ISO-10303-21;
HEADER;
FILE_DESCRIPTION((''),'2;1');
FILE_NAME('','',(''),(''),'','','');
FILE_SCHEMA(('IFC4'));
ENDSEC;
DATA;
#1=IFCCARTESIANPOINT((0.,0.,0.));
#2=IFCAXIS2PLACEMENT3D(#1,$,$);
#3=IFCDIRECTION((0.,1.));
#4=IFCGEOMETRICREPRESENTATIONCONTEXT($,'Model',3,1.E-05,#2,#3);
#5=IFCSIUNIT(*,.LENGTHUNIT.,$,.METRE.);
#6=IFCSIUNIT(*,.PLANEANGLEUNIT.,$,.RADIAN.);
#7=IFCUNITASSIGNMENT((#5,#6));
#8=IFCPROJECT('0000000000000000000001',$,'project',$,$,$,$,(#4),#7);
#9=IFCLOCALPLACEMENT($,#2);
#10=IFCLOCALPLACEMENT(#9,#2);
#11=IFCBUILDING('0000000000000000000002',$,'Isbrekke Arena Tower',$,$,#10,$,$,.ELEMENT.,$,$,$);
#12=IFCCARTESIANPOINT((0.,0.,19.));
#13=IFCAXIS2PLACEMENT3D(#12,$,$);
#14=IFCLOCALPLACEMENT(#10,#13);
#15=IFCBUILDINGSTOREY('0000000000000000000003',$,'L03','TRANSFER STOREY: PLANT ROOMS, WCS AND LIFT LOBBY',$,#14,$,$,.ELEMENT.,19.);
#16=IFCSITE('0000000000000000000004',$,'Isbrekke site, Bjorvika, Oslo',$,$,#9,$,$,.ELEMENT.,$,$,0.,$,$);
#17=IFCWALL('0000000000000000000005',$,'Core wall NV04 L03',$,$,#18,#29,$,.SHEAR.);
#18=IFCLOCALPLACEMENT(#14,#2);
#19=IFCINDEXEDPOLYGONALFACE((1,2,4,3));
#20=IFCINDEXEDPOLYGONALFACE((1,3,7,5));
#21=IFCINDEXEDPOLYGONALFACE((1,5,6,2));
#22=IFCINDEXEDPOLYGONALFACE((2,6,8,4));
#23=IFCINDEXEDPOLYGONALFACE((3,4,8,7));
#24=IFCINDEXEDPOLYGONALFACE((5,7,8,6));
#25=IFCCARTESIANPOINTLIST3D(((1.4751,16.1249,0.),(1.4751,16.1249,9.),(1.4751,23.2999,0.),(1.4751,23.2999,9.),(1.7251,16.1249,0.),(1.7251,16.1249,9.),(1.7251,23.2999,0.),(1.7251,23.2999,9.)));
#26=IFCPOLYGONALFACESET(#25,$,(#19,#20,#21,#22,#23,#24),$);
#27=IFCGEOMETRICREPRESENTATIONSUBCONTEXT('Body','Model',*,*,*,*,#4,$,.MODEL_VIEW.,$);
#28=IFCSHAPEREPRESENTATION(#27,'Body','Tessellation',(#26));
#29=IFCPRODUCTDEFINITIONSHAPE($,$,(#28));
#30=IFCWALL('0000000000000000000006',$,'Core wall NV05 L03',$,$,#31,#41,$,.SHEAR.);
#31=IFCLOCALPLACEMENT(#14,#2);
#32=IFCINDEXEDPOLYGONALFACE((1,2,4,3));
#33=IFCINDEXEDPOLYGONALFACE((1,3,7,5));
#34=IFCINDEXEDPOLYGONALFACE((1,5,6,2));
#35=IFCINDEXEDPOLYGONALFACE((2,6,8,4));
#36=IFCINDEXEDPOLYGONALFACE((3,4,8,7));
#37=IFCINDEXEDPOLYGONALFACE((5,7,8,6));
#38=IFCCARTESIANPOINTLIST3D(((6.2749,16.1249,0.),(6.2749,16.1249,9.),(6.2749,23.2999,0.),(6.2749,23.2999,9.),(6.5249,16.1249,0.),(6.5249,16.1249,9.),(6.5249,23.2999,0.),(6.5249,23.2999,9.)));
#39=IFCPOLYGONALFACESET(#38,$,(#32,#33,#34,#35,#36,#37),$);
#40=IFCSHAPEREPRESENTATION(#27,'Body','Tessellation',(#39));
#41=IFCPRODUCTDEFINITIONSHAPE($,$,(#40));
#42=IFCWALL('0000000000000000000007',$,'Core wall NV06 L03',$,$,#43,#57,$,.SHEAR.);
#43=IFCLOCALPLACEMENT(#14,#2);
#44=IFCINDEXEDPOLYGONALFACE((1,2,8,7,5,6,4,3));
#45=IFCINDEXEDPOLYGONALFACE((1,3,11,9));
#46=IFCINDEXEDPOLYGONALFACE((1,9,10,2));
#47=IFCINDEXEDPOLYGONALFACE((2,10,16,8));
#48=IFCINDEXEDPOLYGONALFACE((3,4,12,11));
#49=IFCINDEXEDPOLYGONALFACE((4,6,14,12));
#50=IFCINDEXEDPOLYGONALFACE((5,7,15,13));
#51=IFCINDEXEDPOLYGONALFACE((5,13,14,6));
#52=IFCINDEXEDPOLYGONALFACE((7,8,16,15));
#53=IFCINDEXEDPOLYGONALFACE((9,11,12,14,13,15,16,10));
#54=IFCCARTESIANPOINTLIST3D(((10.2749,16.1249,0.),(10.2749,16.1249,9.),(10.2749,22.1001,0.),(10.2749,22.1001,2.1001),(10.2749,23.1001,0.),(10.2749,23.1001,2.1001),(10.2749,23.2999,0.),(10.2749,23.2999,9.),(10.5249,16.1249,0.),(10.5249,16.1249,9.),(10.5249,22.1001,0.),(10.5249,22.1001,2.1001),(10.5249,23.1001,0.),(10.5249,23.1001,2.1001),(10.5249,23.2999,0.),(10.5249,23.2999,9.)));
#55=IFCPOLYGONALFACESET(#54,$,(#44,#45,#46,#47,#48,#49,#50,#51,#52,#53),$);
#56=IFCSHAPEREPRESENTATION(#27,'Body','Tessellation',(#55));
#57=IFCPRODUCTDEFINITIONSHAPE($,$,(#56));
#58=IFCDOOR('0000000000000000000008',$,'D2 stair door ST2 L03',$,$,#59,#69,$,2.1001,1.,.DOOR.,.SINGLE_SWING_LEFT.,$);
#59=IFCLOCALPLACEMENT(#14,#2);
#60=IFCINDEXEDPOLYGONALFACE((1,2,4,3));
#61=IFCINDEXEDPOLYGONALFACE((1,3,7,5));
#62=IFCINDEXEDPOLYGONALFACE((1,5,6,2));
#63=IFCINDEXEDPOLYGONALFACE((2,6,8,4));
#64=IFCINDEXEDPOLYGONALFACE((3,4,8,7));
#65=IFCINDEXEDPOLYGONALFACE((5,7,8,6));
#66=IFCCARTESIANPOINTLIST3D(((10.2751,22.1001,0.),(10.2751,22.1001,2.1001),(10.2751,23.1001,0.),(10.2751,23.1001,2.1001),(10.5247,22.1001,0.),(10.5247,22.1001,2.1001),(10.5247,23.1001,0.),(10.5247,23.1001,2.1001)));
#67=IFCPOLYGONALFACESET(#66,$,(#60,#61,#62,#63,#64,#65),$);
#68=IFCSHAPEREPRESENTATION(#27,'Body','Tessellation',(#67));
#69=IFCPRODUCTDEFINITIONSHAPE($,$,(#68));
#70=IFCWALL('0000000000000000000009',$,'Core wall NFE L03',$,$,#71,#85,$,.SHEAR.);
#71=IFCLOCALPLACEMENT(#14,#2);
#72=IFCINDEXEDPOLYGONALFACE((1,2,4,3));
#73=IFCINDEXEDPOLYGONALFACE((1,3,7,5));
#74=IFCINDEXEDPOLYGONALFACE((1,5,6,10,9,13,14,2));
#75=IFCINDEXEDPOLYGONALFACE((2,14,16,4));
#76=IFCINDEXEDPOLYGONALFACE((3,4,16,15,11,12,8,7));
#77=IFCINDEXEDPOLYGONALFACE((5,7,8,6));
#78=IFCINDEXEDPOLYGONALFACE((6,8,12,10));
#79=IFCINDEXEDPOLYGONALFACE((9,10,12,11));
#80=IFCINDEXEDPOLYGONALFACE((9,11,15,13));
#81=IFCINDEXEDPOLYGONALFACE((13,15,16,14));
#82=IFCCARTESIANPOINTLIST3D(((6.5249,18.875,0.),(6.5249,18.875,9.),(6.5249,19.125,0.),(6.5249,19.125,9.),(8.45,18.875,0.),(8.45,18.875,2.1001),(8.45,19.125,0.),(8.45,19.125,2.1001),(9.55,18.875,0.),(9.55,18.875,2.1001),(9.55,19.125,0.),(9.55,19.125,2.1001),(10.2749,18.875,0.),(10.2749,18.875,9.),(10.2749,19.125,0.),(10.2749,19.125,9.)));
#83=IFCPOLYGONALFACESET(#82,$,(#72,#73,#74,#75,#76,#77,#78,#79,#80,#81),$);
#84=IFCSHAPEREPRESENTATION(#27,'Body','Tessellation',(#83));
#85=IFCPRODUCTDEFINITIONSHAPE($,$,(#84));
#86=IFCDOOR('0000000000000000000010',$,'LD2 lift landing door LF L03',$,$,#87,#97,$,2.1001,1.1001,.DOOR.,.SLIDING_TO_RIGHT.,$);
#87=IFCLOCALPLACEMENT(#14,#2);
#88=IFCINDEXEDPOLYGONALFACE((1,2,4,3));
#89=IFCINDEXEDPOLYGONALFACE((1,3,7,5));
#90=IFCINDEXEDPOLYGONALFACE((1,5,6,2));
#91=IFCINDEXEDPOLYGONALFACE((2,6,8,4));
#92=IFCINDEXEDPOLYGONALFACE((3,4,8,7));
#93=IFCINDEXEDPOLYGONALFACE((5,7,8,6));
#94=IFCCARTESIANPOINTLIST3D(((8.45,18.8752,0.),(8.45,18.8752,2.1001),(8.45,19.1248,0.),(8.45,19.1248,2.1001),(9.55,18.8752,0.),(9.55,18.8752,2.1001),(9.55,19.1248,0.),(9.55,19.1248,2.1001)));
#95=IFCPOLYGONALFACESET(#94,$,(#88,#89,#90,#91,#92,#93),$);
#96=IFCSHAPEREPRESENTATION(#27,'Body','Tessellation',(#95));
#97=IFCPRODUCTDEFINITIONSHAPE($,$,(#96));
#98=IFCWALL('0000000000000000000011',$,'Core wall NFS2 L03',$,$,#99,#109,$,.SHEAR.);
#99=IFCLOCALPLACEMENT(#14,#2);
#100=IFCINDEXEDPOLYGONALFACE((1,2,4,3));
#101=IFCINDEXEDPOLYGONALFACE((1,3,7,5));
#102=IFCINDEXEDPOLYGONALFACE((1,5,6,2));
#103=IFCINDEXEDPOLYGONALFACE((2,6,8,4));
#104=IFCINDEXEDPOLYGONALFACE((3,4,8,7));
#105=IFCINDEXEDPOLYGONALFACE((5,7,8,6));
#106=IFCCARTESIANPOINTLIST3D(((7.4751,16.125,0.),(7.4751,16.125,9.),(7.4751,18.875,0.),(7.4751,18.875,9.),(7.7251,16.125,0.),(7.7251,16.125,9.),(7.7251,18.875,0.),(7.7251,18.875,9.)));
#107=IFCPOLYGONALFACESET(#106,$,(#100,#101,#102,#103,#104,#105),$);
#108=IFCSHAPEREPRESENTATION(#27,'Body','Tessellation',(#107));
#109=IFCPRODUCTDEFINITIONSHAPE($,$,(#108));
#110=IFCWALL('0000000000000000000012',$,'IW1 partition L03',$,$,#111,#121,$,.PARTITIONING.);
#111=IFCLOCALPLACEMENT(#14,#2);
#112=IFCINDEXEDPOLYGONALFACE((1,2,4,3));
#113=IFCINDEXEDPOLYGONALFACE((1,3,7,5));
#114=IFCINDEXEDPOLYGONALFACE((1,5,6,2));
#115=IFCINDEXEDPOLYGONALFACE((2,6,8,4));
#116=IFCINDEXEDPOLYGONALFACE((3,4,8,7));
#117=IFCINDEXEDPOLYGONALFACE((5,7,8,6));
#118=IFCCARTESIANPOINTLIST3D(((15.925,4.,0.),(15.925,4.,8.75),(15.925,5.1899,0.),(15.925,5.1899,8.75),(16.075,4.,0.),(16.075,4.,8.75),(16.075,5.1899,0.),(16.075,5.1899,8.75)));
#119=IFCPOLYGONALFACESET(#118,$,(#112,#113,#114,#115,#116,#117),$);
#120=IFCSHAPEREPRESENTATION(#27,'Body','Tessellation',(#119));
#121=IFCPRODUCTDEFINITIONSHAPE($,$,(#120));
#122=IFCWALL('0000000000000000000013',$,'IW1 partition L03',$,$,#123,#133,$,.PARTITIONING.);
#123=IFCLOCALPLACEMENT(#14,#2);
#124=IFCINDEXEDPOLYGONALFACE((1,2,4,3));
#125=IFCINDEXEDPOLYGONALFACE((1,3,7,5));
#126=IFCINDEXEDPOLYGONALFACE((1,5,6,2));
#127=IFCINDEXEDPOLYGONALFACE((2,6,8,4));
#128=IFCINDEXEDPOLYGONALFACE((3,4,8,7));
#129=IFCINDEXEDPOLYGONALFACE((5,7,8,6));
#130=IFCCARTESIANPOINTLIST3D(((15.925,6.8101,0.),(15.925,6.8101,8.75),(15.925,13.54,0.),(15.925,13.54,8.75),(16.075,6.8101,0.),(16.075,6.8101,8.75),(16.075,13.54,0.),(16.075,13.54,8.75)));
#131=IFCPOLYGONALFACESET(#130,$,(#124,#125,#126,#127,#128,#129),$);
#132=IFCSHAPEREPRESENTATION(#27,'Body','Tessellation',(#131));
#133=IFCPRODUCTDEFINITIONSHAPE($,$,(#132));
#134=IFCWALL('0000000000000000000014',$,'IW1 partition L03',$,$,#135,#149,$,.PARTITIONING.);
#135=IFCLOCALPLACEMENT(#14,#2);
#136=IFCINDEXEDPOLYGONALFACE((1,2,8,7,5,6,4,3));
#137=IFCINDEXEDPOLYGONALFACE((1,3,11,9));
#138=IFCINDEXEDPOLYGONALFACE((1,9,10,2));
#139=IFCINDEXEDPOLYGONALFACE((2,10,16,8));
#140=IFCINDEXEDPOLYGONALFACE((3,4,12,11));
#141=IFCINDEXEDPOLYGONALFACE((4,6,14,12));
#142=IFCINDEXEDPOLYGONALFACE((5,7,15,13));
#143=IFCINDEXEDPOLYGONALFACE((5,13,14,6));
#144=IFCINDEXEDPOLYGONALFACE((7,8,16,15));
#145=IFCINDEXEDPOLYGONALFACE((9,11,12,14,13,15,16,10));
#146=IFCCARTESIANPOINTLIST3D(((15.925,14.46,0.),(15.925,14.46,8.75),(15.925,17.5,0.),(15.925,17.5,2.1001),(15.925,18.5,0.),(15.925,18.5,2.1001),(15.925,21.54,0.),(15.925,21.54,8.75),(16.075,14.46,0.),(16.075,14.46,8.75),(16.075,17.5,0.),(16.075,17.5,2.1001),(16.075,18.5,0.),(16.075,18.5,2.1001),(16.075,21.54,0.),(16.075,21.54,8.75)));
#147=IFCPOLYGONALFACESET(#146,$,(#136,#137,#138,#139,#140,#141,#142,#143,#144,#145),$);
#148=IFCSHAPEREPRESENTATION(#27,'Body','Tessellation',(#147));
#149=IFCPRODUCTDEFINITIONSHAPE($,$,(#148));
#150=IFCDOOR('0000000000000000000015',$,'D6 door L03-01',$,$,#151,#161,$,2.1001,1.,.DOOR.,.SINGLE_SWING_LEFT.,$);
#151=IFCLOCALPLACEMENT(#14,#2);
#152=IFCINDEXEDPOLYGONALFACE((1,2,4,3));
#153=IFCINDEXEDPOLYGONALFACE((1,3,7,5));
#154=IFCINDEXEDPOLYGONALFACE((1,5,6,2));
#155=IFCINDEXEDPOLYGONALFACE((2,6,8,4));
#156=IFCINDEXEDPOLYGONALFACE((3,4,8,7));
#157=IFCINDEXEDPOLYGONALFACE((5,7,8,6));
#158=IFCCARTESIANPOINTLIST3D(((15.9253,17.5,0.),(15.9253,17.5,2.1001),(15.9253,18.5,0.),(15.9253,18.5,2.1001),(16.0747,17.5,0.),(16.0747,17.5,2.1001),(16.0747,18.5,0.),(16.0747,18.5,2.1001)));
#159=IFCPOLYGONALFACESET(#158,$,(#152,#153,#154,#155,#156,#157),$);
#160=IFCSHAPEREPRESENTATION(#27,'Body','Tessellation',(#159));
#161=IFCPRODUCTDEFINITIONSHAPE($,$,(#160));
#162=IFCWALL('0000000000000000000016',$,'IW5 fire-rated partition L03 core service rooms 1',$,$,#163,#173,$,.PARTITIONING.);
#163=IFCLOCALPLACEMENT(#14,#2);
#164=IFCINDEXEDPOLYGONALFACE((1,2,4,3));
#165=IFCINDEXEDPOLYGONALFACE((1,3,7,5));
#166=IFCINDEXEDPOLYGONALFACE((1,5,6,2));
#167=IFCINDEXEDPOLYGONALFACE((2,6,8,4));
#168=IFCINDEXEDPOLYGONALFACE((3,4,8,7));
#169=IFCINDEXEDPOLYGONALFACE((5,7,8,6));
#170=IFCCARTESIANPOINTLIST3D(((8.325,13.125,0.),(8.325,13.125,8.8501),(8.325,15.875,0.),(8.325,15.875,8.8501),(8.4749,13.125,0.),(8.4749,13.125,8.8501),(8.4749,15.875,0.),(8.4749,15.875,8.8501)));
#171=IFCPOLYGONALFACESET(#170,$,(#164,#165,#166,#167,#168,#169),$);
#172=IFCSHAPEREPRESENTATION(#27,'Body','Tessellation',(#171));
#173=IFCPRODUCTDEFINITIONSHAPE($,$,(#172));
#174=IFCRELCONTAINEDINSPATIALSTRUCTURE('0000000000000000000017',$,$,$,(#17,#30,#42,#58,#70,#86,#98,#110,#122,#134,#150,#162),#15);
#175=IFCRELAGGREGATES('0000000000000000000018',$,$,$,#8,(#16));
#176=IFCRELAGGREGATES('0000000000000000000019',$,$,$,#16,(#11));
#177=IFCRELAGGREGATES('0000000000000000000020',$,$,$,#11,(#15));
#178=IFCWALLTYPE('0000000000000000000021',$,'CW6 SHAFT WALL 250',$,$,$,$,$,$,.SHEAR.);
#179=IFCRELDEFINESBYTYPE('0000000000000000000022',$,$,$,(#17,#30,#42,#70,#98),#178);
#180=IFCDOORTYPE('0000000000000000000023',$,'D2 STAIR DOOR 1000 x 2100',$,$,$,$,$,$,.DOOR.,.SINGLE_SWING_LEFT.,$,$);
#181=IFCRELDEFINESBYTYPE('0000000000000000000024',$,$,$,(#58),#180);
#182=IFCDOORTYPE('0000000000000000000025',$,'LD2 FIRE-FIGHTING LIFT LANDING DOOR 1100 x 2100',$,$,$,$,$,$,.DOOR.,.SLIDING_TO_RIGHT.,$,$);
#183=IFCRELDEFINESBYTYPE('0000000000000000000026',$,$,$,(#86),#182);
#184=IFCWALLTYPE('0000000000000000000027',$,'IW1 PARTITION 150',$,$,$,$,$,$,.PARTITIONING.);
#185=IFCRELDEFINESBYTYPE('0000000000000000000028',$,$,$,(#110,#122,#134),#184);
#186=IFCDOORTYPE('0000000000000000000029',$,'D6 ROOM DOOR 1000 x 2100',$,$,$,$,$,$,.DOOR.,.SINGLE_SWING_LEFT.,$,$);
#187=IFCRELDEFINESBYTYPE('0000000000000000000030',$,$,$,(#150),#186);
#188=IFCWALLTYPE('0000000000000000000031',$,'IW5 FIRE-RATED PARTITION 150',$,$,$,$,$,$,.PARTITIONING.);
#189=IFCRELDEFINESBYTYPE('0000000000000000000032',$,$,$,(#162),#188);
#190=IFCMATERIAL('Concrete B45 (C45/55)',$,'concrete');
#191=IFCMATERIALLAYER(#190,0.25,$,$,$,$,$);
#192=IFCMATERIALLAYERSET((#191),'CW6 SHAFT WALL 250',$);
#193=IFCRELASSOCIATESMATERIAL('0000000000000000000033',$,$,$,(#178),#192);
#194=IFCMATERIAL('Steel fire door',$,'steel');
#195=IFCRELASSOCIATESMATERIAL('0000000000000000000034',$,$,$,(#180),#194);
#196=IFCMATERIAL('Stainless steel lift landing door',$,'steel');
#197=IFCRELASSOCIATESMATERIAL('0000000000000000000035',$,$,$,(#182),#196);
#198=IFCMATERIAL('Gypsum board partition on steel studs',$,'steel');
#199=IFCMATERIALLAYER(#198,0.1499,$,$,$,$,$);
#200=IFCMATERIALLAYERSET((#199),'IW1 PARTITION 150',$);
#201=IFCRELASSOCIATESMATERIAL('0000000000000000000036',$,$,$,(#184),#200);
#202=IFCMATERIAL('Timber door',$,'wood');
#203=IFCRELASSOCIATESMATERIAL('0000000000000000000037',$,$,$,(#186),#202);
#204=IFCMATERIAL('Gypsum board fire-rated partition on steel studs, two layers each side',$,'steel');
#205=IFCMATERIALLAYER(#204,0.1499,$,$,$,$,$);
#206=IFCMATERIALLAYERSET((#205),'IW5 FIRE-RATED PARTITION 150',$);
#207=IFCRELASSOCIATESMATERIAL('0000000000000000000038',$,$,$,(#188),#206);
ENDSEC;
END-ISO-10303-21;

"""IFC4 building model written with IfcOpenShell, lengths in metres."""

from ifc_helpers import new_model, si_unit, direction, frame, frame_2d, origin, place, context, subcontext, project, spatial, rectangle, extrude, material, layer, layer_set, type_object, element, fill, save


model = new_model("IFC4")

# Units and contexts
model_context = context("Model", 3, precision=1e-05, world=origin(), true_north=direction((0.0, 1.0)))
body_context = subcontext(model_context, "Body", "Model", "MODEL_VIEW")
ifc_project = project(units=[si_unit("LENGTHUNIT", "METRE"), si_unit("PLANEANGLEUNIT", "RADIAN")], contexts=[model_context])

# Site, building, storey
site_placement = place(None, origin())
site = spatial("IfcSite", under=ifc_project, at=site_placement, Name="Isbrekke site, Bjorvika, Oslo", CompositionType="ELEMENT", RefElevation=0.0)
building_placement = place(site_placement, origin())
building = spatial("IfcBuilding", under=site, at=building_placement, Name="Isbrekke Arena Tower", CompositionType="ELEMENT")
storey_placement = place(building_placement, frame((0.0, 0.0, 19.0)))
storey = spatial("IfcBuildingStorey", under=building, at=storey_placement, Name="L03", Description="TRANSFER STOREY: PLANT ROOMS, WCS AND LIFT LOBBY", CompositionType="ELEMENT", Elevation=19.0)

# Walls
ifc_material_1 = material(Name="Concrete B45 (C45/55)", Category="concrete")
ifc_layer_1 = layer(ifc_material_1, 0.25)
ifc_layer_set_1 = layer_set([ifc_layer_1], Name="CW6 SHAFT WALL 250")
wall_type_1 = type_object("IfcWallType", Name="CW6 SHAFT WALL 250", PredefinedType="SHEAR", material=ifc_layer_set_1)
for number, where, z_axis, x_axis, name in (
    (1, (1.6001, 16.125, 0.0), (0.0, 0.0, 1.0), (0.0, 1.0, 0.0), "Core wall NV04 L03"),
    (2, (6.3999, 16.125, 0.0), (0.0, 0.0, 1.0), (0.0, 1.0, 0.0), "Core wall NV05 L03"),
):
    element("IfcWall", number, at=place(storey_placement, frame(where, z_axis=z_axis, x_axis=x_axis)), inside=storey, type_object=wall_type_1, Name=name, PredefinedType="SHEAR", context=body_context, shape_type="SweptSolid", body=[
        extrude(rectangle(XDim=7.175, YDim=0.25, at=frame_2d((3.5874, 0.0))), origin(), (0.0, 0.0, 1.0), 9.0),
    ])

# Walls, openings, doors
wall_1_placement = place(storey_placement, frame((10.3999, 16.125, 0.0), z_axis=(0.0, 0.0, 1.0), x_axis=(0.0, 1.0, 0.0)))
wall_1 = element("IfcWall", 3, at=wall_1_placement, inside=storey, type_object=wall_type_1, Name="Core wall NV06 L03", PredefinedType="SHEAR", context=body_context, shape_type="SweptSolid", body=[
    extrude(rectangle(XDim=7.175, YDim=0.25, at=frame_2d((3.5874, 0.0))), origin(), (0.0, 0.0, 1.0), 9.0),
])
opening_1_placement = place(wall_1_placement, frame((5.9751, 0.0, 0.0)))
opening_1 = element("IfcOpeningElement", 4, at=opening_1_placement, cuts=wall_1, PredefinedType="OPENING", context=body_context, shape_type="SweptSolid", body=[
    extrude(rectangle(XDim=1.0, YDim=2.1001, at=frame_2d((0.5, 1.05))), frame((0.0, 0.1399, 0.0), z_axis=(0.0, -1.0, 0.0), x_axis=(1.0, 0.0, 0.0)), (0.0, 0.0, 1.0), 0.2798),
])
ifc_material_2 = material(Name="Steel fire door", Category="steel")
door_type_1 = type_object("IfcDoorType", Name="D2 STAIR DOOR 1000 x 2100", OperationType="SINGLE_SWING_LEFT", PredefinedType="DOOR", material=ifc_material_2)
door_1_placement = place(opening_1_placement, origin())
door_1 = element("IfcDoor", 5, at=door_1_placement, inside=storey, type_object=door_type_1, Name="D2 stair door ST2 L03", OperationType="SINGLE_SWING_LEFT", OverallHeight=2.1001, OverallWidth=1.0, PredefinedType="DOOR", context=body_context, shape_type="SweptSolid", body=[
    extrude(rectangle(XDim=1.0, YDim=2.1001, at=frame_2d((0.5, 1.05))), frame((0.0, 0.1248, 0.0), z_axis=(0.0, -1.0, 0.0), x_axis=(1.0, 0.0, 0.0)), (0.0, 0.0, 1.0), 0.2495),
])
fill(opening_1, door_1)
wall_2_placement = place(storey_placement, frame((6.5249, 19.0, 0.0), z_axis=(0.0, 0.0, 1.0), x_axis=(1.0, 0.0, 0.0)))
wall_2 = element("IfcWall", 6, at=wall_2_placement, inside=storey, type_object=wall_type_1, Name="Core wall NFE L03", PredefinedType="SHEAR", context=body_context, shape_type="SweptSolid", body=[
    extrude(rectangle(XDim=3.75, YDim=0.25, at=frame_2d((1.875, 0.0))), origin(), (0.0, 0.0, 1.0), 9.0),
])
opening_2_placement = place(wall_2_placement, frame((1.925, 0.0, 0.0)))
opening_2 = element("IfcOpeningElement", 7, at=opening_2_placement, cuts=wall_2, PredefinedType="OPENING", context=body_context, shape_type="SweptSolid", body=[
    extrude(rectangle(XDim=1.1001, YDim=2.1001, at=frame_2d((0.55, 1.05))), frame((0.0, 0.1399, 0.0), z_axis=(0.0, -1.0, 0.0), x_axis=(1.0, 0.0, 0.0)), (0.0, 0.0, 1.0), 0.2798),
])
ifc_material_3 = material(Name="Stainless steel lift landing door", Category="steel")
door_type_2 = type_object("IfcDoorType", Name="LD2 FIRE-FIGHTING LIFT LANDING DOOR 1100 x 2100", OperationType="SLIDING_TO_RIGHT", PredefinedType="DOOR", material=ifc_material_3)
door_2_placement = place(opening_2_placement, origin())
door_2 = element("IfcDoor", 8, at=door_2_placement, inside=storey, type_object=door_type_2, Name="LD2 lift landing door LF L03", OperationType="SLIDING_TO_RIGHT", OverallHeight=2.1001, OverallWidth=1.1001, PredefinedType="DOOR", context=body_context, shape_type="SweptSolid", body=[
    extrude(rectangle(XDim=1.1001, YDim=2.1001, at=frame_2d((0.55, 1.05))), frame((0.0, 0.1248, 0.0), z_axis=(0.0, -1.0, 0.0), x_axis=(1.0, 0.0, 0.0)), (0.0, 0.0, 1.0), 0.2495),
])
fill(opening_2, door_2)

# Walls
wall_3_placement = place(storey_placement, frame((7.6001, 16.125, 0.0), z_axis=(0.0, 0.0, 1.0), x_axis=(0.0, 1.0, 0.0)))
element("IfcWall", 9, at=wall_3_placement, inside=storey, type_object=wall_type_1, Name="Core wall NFS2 L03", PredefinedType="SHEAR", context=body_context, shape_type="SweptSolid", body=[
    extrude(rectangle(XDim=2.75, YDim=0.25, at=frame_2d((1.375, 0.0))), origin(), (0.0, 0.0, 1.0), 9.0),
])
ifc_material_4 = material(Name="Gypsum board partition on steel studs", Category="steel")
ifc_layer_2 = layer(ifc_material_4, 0.1499)
ifc_layer_set_2 = layer_set([ifc_layer_2], Name="IW1 PARTITION 150")
wall_type_2 = type_object("IfcWallType", Name="IW1 PARTITION 150", PredefinedType="PARTITIONING", material=ifc_layer_set_2)
wall_4_placement = place(storey_placement, frame((16.0, 4.0, 0.0), z_axis=(0.0, 0.0, 1.0), x_axis=(0.0, 1.0, 0.0)))
element("IfcWall", 10, at=wall_4_placement, inside=storey, type_object=wall_type_2, Name="IW1 partition L03", PredefinedType="PARTITIONING", context=body_context, shape_type="SweptSolid", body=[
    extrude(rectangle(XDim=1.1899, YDim=0.1499, at=frame_2d((0.595, 0.0))), origin(), (0.0, 0.0, 1.0), 8.75),
])
wall_5_placement = place(storey_placement, frame((16.0, 6.8101, 0.0), z_axis=(0.0, 0.0, 1.0), x_axis=(0.0, 1.0, 0.0)))
element("IfcWall", 11, at=wall_5_placement, inside=storey, type_object=wall_type_2, Name="IW1 partition L03", PredefinedType="PARTITIONING", context=body_context, shape_type="SweptSolid", body=[
    extrude(rectangle(XDim=6.73, YDim=0.1499, at=frame_2d((3.365, 0.0))), origin(), (0.0, 0.0, 1.0), 8.75),
])

# Wall, opening, door
wall_6_placement = place(storey_placement, frame((16.0, 14.46, 0.0), z_axis=(0.0, 0.0, 1.0), x_axis=(0.0, 1.0, 0.0)))
wall_6 = element("IfcWall", 12, at=wall_6_placement, inside=storey, type_object=wall_type_2, Name="IW1 partition L03", PredefinedType="PARTITIONING", context=body_context, shape_type="SweptSolid", body=[
    extrude(rectangle(XDim=7.0801, YDim=0.1499, at=frame_2d((3.54, 0.0))), origin(), (0.0, 0.0, 1.0), 8.75),
])
opening_3_placement = place(wall_6_placement, frame((3.04, 0.0, 0.0)))
opening_3 = element("IfcOpeningElement", 13, at=opening_3_placement, cuts=wall_6, PredefinedType="OPENING", context=body_context, shape_type="SweptSolid", body=[
    extrude(rectangle(XDim=1.0, YDim=2.1001, at=frame_2d((0.5, 1.05))), frame((0.0, 0.0898, 0.0), z_axis=(0.0, -1.0, 0.0), x_axis=(1.0, 0.0, 0.0)), (0.0, 0.0, 1.0), 0.1797),
])
ifc_material_5 = material(Name="Timber door", Category="wood")
door_type_3 = type_object("IfcDoorType", Name="D6 ROOM DOOR 1000 x 2100", OperationType="SINGLE_SWING_LEFT", PredefinedType="DOOR", material=ifc_material_5)
door_3_placement = place(opening_3_placement, origin())
door_3 = element("IfcDoor", 14, at=door_3_placement, inside=storey, type_object=door_type_3, Name="D6 door L03-01", OperationType="SINGLE_SWING_LEFT", OverallHeight=2.1001, OverallWidth=1.0, PredefinedType="DOOR", context=body_context, shape_type="SweptSolid", body=[
    extrude(rectangle(XDim=1.0, YDim=2.1001, at=frame_2d((0.5, 1.05))), frame((0.0, 0.0747, 0.0), z_axis=(0.0, -1.0, 0.0), x_axis=(1.0, 0.0, 0.0)), (0.0, 0.0, 1.0), 0.1494),
])
fill(opening_3, door_3)

# Wall
ifc_material_6 = material(Name="Gypsum board fire-rated partition on steel studs, two layers each side", Category="steel")
ifc_layer_3 = layer(ifc_material_6, 0.1499)
ifc_layer_set_3 = layer_set([ifc_layer_3], Name="IW5 FIRE-RATED PARTITION 150")
wall_type_3 = type_object("IfcWallType", Name="IW5 FIRE-RATED PARTITION 150", PredefinedType="PARTITIONING", material=ifc_layer_set_3)
wall_7_placement = place(storey_placement, frame((8.3999, 13.125, 0.0), z_axis=(0.0, 0.0, 1.0), x_axis=(0.0, 1.0, 0.0)))
element("IfcWall", 15, at=wall_7_placement, inside=storey, type_object=wall_type_3, Name="IW5 fire-rated partition L03 core service rooms 1", PredefinedType="PARTITIONING", context=body_context, shape_type="SweptSolid", body=[
    extrude(rectangle(XDim=2.75, YDim=0.1499, at=frame_2d((1.375, 0.0))), origin(), (0.0, 0.0, 1.0), 8.8501),
])

save(model, "model.ifc")
